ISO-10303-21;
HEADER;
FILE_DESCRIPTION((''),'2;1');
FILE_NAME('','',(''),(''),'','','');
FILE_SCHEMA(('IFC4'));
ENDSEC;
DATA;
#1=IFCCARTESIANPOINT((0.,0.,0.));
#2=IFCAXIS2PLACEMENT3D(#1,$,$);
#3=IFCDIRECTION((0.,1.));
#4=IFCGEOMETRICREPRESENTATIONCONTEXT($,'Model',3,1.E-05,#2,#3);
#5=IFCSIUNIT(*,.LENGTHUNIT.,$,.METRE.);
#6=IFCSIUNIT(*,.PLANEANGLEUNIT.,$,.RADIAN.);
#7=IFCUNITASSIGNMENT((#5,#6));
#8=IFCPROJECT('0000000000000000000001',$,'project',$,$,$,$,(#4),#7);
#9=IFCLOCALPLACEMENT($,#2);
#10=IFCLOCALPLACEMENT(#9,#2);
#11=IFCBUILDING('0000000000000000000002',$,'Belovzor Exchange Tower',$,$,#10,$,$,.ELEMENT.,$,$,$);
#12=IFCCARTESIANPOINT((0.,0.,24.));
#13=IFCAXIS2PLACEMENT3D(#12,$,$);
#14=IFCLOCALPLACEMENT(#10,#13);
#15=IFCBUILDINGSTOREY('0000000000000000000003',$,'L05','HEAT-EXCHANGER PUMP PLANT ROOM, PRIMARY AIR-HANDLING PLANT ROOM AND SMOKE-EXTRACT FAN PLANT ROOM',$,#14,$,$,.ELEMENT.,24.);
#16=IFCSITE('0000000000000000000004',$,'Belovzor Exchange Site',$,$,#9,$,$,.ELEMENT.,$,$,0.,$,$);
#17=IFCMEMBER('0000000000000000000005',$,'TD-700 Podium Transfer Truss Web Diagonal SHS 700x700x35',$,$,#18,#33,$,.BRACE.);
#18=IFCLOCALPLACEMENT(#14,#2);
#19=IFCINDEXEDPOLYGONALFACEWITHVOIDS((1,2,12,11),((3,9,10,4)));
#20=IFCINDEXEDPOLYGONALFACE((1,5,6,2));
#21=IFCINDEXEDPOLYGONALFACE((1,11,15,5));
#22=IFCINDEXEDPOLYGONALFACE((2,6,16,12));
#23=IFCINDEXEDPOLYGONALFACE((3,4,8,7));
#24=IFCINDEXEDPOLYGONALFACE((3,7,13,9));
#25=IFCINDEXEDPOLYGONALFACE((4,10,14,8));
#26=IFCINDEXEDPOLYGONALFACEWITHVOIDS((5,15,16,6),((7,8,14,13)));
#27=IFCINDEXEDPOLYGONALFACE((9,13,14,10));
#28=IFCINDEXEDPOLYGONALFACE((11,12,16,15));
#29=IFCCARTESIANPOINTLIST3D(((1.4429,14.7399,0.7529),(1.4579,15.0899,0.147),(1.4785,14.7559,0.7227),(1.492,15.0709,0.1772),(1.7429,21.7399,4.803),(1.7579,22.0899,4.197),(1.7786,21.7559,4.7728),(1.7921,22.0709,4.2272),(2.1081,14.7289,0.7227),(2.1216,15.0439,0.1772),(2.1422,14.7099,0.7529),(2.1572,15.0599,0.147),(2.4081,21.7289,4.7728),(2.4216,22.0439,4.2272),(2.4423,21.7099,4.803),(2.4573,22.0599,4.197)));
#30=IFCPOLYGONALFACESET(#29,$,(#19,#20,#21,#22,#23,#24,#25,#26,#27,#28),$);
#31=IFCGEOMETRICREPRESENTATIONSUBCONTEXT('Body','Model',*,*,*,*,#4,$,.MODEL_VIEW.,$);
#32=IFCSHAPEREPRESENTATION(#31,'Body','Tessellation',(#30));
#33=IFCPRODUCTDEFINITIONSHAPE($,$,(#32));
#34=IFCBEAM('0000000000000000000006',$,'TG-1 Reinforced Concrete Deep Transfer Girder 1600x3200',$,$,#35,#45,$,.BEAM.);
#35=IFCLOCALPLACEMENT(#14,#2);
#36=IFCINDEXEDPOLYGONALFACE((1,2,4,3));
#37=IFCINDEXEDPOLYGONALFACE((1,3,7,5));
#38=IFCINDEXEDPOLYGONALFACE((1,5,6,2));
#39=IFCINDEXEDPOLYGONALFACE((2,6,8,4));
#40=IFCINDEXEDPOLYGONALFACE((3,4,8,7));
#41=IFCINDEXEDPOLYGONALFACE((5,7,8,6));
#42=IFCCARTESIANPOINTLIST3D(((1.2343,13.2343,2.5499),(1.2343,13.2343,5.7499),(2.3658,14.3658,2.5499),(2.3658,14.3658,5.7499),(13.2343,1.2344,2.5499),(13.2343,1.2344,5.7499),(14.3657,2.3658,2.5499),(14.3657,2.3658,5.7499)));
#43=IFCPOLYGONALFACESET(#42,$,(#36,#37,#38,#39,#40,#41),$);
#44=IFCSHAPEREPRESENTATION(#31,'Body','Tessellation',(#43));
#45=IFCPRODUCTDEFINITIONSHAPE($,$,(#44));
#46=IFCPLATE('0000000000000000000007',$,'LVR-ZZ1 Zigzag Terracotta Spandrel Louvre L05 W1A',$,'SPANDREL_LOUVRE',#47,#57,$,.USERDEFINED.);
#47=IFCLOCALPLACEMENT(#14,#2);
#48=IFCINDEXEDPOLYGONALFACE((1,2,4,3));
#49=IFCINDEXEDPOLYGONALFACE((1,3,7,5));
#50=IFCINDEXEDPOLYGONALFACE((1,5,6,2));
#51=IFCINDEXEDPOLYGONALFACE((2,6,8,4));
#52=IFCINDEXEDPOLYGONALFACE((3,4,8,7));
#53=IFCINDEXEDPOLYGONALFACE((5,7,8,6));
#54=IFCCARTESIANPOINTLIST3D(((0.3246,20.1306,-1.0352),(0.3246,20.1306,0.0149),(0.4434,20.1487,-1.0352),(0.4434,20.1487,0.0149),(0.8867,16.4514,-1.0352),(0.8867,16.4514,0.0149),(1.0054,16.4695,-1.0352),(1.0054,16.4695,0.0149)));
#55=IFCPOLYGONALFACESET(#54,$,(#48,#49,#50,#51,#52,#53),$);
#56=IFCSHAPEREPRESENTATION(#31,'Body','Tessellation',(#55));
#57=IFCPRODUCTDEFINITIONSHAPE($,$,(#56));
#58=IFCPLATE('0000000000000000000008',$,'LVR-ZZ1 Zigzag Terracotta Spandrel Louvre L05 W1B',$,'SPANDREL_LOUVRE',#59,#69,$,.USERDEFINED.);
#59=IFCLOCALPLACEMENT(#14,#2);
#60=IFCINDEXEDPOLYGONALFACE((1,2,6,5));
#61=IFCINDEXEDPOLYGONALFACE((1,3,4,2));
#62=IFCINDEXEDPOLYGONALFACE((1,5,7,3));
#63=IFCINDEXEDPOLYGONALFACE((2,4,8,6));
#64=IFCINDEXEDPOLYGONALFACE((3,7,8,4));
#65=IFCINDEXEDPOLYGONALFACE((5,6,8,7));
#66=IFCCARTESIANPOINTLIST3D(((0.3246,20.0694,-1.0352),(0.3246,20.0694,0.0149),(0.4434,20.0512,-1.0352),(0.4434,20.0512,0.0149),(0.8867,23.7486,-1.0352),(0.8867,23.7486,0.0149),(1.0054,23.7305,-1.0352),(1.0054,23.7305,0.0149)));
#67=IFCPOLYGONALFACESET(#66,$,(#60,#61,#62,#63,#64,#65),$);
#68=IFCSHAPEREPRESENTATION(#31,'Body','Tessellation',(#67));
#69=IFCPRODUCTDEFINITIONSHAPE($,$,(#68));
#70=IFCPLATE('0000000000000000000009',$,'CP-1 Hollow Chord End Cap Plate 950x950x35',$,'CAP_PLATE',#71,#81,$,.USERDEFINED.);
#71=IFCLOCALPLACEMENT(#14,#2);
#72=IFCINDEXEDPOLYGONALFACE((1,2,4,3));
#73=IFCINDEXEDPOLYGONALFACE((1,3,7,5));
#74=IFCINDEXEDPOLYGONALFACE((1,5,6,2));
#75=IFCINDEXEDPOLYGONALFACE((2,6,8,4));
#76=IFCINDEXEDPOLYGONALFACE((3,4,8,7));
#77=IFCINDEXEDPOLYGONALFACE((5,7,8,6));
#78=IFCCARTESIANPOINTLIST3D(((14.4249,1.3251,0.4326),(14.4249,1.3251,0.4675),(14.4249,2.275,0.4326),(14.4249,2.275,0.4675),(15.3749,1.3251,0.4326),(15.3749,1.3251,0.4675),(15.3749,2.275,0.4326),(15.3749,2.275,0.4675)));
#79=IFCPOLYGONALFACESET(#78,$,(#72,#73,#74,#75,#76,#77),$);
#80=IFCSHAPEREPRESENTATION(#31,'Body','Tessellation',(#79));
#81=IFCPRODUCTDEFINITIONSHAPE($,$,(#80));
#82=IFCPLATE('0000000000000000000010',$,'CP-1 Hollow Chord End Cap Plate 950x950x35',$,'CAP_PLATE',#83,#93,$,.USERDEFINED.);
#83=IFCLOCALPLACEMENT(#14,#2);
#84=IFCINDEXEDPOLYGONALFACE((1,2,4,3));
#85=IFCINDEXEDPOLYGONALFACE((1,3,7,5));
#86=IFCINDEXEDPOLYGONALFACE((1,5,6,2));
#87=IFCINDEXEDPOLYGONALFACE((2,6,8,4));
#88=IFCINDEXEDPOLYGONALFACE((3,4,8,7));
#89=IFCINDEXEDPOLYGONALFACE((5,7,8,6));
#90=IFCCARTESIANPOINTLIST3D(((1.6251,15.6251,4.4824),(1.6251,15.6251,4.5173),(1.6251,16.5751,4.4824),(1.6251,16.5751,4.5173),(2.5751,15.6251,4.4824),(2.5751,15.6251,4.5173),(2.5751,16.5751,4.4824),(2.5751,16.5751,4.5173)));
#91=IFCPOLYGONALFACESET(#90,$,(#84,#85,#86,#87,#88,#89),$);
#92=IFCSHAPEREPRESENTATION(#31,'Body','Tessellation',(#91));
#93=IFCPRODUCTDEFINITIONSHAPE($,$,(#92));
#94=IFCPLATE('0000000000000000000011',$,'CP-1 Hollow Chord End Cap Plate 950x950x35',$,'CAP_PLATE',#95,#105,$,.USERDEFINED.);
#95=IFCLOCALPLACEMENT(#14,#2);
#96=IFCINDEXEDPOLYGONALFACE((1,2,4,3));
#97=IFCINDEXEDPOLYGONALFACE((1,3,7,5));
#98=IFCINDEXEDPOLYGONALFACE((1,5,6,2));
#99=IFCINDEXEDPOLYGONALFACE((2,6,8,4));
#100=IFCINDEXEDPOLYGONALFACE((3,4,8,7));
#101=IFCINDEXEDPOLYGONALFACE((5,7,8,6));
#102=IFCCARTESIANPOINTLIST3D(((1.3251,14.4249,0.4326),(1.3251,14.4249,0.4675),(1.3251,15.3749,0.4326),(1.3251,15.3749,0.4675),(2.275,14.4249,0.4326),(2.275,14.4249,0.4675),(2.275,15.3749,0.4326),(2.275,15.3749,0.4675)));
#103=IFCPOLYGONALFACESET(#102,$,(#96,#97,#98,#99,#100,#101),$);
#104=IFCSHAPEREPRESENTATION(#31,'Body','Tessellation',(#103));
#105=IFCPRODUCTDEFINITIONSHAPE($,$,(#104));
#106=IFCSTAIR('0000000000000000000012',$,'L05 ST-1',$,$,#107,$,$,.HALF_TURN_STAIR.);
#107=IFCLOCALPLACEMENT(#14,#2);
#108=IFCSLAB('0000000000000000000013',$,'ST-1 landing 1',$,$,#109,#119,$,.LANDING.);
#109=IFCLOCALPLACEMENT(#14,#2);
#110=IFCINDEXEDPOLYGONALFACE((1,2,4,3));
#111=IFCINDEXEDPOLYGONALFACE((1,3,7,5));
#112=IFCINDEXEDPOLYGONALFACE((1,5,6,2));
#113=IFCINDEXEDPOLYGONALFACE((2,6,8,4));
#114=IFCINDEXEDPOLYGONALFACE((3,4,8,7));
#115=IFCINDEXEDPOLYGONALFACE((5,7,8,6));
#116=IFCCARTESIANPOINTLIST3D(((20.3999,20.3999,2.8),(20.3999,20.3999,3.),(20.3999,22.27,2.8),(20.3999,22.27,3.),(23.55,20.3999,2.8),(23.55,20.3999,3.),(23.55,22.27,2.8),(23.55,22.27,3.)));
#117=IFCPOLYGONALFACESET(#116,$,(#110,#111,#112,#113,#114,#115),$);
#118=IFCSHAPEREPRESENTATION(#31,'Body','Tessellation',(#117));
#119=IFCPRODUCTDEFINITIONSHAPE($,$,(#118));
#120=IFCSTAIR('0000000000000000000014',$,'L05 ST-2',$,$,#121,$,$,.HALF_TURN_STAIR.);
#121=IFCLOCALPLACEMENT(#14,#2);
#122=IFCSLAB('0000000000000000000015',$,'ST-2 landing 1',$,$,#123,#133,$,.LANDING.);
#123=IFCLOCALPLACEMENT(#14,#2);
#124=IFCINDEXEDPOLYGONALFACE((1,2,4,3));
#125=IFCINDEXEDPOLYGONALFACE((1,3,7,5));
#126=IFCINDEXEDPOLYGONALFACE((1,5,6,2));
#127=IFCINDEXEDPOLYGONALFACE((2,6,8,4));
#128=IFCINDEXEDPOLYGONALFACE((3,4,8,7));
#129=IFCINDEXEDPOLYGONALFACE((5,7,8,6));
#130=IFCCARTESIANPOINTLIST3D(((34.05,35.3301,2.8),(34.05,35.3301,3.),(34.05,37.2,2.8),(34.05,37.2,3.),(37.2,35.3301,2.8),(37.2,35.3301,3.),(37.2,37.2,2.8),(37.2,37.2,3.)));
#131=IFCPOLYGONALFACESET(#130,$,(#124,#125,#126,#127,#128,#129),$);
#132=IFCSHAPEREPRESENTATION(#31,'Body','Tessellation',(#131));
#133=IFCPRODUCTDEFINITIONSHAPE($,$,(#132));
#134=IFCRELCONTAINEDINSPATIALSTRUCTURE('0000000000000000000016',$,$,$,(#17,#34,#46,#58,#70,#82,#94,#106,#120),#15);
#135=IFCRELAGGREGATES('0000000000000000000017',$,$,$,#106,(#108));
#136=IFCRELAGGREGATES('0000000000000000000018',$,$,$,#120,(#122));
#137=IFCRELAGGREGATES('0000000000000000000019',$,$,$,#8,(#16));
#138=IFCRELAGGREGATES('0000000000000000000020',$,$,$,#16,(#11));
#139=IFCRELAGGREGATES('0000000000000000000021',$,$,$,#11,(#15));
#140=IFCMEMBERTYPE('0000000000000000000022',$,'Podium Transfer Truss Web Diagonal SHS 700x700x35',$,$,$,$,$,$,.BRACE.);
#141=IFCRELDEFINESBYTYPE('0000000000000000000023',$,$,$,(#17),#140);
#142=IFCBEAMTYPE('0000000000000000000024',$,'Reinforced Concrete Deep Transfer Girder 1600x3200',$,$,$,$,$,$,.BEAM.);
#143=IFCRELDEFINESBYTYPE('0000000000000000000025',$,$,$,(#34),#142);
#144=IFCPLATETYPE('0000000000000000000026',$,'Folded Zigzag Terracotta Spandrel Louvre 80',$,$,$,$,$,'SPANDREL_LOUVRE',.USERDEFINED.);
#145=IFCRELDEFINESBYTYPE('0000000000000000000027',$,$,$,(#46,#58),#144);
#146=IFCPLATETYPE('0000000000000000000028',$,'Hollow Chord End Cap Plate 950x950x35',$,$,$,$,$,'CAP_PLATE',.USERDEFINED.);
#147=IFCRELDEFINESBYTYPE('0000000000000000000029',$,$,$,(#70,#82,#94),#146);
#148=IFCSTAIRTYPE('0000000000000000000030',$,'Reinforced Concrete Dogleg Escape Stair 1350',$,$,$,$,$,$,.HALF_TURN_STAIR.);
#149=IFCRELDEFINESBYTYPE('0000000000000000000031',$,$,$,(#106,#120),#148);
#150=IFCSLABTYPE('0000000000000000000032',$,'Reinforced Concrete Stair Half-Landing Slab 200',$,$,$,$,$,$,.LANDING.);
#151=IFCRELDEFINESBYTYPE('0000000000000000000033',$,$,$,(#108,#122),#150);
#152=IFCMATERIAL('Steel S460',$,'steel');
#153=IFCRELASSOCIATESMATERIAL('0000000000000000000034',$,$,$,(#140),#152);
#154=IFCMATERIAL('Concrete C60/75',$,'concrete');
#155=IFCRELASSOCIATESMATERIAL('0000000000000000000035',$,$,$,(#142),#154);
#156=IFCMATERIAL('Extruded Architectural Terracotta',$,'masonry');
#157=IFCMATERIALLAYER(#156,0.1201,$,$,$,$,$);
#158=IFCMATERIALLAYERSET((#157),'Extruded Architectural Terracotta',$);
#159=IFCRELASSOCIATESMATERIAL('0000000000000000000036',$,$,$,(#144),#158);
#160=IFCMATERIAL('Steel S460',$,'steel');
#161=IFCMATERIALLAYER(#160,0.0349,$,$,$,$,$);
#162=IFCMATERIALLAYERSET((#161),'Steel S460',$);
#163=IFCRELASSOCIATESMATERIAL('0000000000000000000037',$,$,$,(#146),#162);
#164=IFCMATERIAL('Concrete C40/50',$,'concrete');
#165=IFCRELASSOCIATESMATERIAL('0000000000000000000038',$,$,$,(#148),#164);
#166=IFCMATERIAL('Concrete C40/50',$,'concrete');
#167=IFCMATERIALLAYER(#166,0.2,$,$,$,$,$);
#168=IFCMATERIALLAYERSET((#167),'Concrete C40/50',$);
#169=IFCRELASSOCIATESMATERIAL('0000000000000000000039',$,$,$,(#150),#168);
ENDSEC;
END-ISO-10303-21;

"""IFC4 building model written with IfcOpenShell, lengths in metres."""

from ifc_helpers import new_model, si_unit, direction, frame, origin, origin_2d, place, context, subcontext, project, spatial, polyline, rectangle, hollow_rectangle, outline, extrude, material, layer, layer_set, material_profile, profile_set, type_object, element, aggregate, save


model = new_model("IFC4")

# Units and contexts
model_context = context("Model", 3, precision=1e-05, world=origin(), true_north=direction((0.0, 1.0)))
body_context = subcontext(model_context, "Body", "Model", "MODEL_VIEW")
ifc_project = project(units=[si_unit("LENGTHUNIT", "METRE"), si_unit("PLANEANGLEUNIT", "RADIAN")], contexts=[model_context])

# Site, building, storey
site_placement = place(None, origin())
site = spatial("IfcSite", under=ifc_project, at=site_placement, Name="Belovzor Exchange Site", CompositionType="ELEMENT", RefElevation=0.0)
building_placement = place(site_placement, origin())
building = spatial("IfcBuilding", under=site, at=building_placement, Name="Belovzor Exchange Tower", CompositionType="ELEMENT")
storey_placement = place(building_placement, frame((0.0, 0.0, 24.0)))
storey = spatial("IfcBuildingStorey", under=building, at=storey_placement, Name="L05", Description="HEAT-EXCHANGER PUMP PLANT ROOM, PRIMARY AIR-HANDLING PLANT ROOM AND SMOKE-EXTRACT FAN PLANT ROOM", CompositionType="ELEMENT", Elevation=24.0)

# Member
ifc_material_1 = material(Name="Steel S460", Category="steel")
ifc_material_profile_1 = material_profile(ifc_material_1, hollow_rectangle(XDim=0.7, YDim=0.7, WallThickness=0.0349, at=origin_2d()))
ifc_profile_set_1 = profile_set([ifc_material_profile_1], Name="Steel S460")
member_type_1 = type_object("IfcMemberType", Name="Podium Transfer Truss Web Diagonal SHS 700x700x35", PredefinedType="BRACE", material=ifc_profile_set_1)
for number, where, z_axis, x_axis, name in (
    (1, (2.1001, 21.8999, 4.5), (-0.037076, -0.86497, -0.500453), (0.999083, -0.042825, 0.0), "TD-700 Podium Transfer Truss Web Diagonal SHS 700x700x35"),
):
    element("IfcMember", number, at=place(storey_placement, frame(where, z_axis=z_axis, x_axis=x_axis)), inside=storey, type_object=member_type_1, Name=name, PredefinedType="BRACE", context=body_context, shape_type="SweptSolid", body=[
        extrude(hollow_rectangle(XDim=0.7, YDim=0.7, WallThickness=0.0349, at=origin_2d()), origin(), (0.0, 0.0, 1.0), 8.0928),
    ])

# Beam
ifc_material_2 = material(Name="Concrete C60/75", Category="concrete")
ifc_material_profile_2 = material_profile(ifc_material_2, rectangle(XDim=1.6001, YDim=3.2, at=origin_2d()))
ifc_profile_set_2 = profile_set([ifc_material_profile_2], Name="Concrete C60/75")
beam_type_1 = type_object("IfcBeamType", Name="Reinforced Concrete Deep Transfer Girder 1600x3200", PredefinedType="BEAM", material=ifc_profile_set_2)
beam_1_placement = place(storey_placement, frame((1.8, 13.8, 4.1499), z_axis=(0.707107, -0.707107, 0.0), x_axis=(0.707107, 0.707107, 0.0)))
element("IfcBeam", 2, at=beam_1_placement, inside=storey, type_object=beam_type_1, Name="TG-1 Reinforced Concrete Deep Transfer Girder 1600x3200", PredefinedType="BEAM", context=body_context, shape_type="SweptSolid", body=[
    extrude(rectangle(XDim=1.6001, YDim=3.2, at=origin_2d()), origin(), (0.0, 0.0, 1.0), 16.9705),
])

# Plates
ifc_material_3 = material(Name="Extruded Architectural Terracotta", Category="masonry")
ifc_layer_1 = layer(ifc_material_3, 0.1201)
ifc_layer_set_1 = layer_set([ifc_layer_1], Name="Extruded Architectural Terracotta")
plate_type_1 = type_object("IfcPlateType", Name="Folded Zigzag Terracotta Spandrel Louvre 80", ElementType="SPANDREL_LOUVRE", PredefinedType="USERDEFINED", material=ifc_layer_set_1)
for number, where, z_axis, x_axis, name in (
    (3, (0.665, 18.3, -1.0352), (0.0, 0.0, 1.0), (-0.151019, 0.988531, 0.0), "LVR-ZZ1 Zigzag Terracotta Spandrel Louvre L05 W1A"),
    (4, (0.665, 21.8999, -1.0352), (0.0, 0.0, 1.0), (0.151019, 0.988531, 0.0), "LVR-ZZ1 Zigzag Terracotta Spandrel Louvre L05 W1B"),
):
    element("IfcPlate", number, at=place(storey_placement, frame(where, z_axis=z_axis, x_axis=x_axis)), inside=storey, type_object=plate_type_1, Name=name, ObjectType="SPANDREL_LOUVRE", PredefinedType="USERDEFINED", context=body_context, shape_type="SweptSolid", body=[
        extrude(rectangle(XDim=3.7219, YDim=0.1201, at=origin_2d()), origin(), (0.0, 0.0, 1.0), 1.05),
    ])
ifc_material_4 = material(Name="Steel S460", Category="steel")
ifc_layer_2 = layer(ifc_material_4, 0.0349)
ifc_layer_set_2 = layer_set([ifc_layer_2], Name="Steel S460")
plate_type_2 = type_object("IfcPlateType", Name="Hollow Chord End Cap Plate 950x950x35", ElementType="CAP_PLATE", PredefinedType="USERDEFINED", material=ifc_layer_set_2)
for number, where, z_axis, x_axis, name in (
    (5, (14.8999, 1.8, 0.4326), (0.0, 0.0, 1.0), (1.0, 0.0, 0.0), "CP-1 Hollow Chord End Cap Plate 950x950x35"),
    (6, (2.1001, 16.1001, 4.4824), (0.0, 0.0, 1.0), (0.0, 1.0, 0.0), "CP-1 Hollow Chord End Cap Plate 950x950x35"),
    (7, (1.8, 14.8999, 0.4326), (0.0, 0.0, 1.0), (0.0, 1.0, 0.0), "CP-1 Hollow Chord End Cap Plate 950x950x35"),
):
    element("IfcPlate", number, at=place(storey_placement, frame(where, z_axis=z_axis, x_axis=x_axis)), inside=storey, type_object=plate_type_2, Name=name, ObjectType="CAP_PLATE", PredefinedType="USERDEFINED", context=body_context, shape_type="SweptSolid", body=[
        extrude(rectangle(XDim=0.95, YDim=0.95, at=origin_2d()), origin(), (0.0, 0.0, 1.0), 0.0349),
    ])

# Stairs, slabs
ifc_material_5 = material(Name="Concrete C40/50", Category="concrete")
stair_type = type_object("IfcStairType", Name="Reinforced Concrete Dogleg Escape Stair 1350", PredefinedType="HALF_TURN_STAIR", material=ifc_material_5)
stair_1_placement = place(storey_placement, origin())
stair_1 = element("IfcStair", 8, at=stair_1_placement, inside=storey, type_object=stair_type, Name="L05 ST-1", PredefinedType="HALF_TURN_STAIR")
ifc_material_6 = material(Name="Concrete C40/50", Category="concrete")
ifc_layer_3 = layer(ifc_material_6, 0.2)
ifc_layer_set_3 = layer_set([ifc_layer_3], Name="Concrete C40/50")
slab_type_1 = type_object("IfcSlabType", Name="Reinforced Concrete Stair Half-Landing Slab 200", PredefinedType="LANDING", material=ifc_layer_set_3)
slab_1_placement = place(storey_placement, frame((0.0, 0.0, 2.8)))
slab_1 = element("IfcSlab", 9, at=slab_1_placement, type_object=slab_type_1, Name="ST-1 landing 1", PredefinedType="LANDING", context=body_context, shape_type="SweptSolid", body=[
    extrude(outline(polyline([(20.3999, 22.27), (20.3999, 20.3999), (23.55, 20.3999), (23.55, 22.27), (20.3999, 22.27)])), origin(), (0.0, 0.0, 1.0), 0.2),
])
aggregate(stair_1, [slab_1])
stair_2_placement = place(storey_placement, origin())
stair_2 = element("IfcStair", 10, at=stair_2_placement, inside=storey, type_object=stair_type, Name="L05 ST-2", PredefinedType="HALF_TURN_STAIR")
slab_2_placement = place(storey_placement, frame((0.0, 0.0, 2.8)))
slab_2 = element("IfcSlab", 11, at=slab_2_placement, type_object=slab_type_1, Name="ST-2 landing 1", PredefinedType="LANDING", context=body_context, shape_type="SweptSolid", body=[
    extrude(outline(polyline([(37.2, 35.3301), (37.2, 37.2), (34.05, 37.2), (34.05, 35.3301), (37.2, 35.3301)])), origin(), (0.0, 0.0, 1.0), 0.2),
])
aggregate(stair_2, [slab_2])

save(model, "model.ifc")
